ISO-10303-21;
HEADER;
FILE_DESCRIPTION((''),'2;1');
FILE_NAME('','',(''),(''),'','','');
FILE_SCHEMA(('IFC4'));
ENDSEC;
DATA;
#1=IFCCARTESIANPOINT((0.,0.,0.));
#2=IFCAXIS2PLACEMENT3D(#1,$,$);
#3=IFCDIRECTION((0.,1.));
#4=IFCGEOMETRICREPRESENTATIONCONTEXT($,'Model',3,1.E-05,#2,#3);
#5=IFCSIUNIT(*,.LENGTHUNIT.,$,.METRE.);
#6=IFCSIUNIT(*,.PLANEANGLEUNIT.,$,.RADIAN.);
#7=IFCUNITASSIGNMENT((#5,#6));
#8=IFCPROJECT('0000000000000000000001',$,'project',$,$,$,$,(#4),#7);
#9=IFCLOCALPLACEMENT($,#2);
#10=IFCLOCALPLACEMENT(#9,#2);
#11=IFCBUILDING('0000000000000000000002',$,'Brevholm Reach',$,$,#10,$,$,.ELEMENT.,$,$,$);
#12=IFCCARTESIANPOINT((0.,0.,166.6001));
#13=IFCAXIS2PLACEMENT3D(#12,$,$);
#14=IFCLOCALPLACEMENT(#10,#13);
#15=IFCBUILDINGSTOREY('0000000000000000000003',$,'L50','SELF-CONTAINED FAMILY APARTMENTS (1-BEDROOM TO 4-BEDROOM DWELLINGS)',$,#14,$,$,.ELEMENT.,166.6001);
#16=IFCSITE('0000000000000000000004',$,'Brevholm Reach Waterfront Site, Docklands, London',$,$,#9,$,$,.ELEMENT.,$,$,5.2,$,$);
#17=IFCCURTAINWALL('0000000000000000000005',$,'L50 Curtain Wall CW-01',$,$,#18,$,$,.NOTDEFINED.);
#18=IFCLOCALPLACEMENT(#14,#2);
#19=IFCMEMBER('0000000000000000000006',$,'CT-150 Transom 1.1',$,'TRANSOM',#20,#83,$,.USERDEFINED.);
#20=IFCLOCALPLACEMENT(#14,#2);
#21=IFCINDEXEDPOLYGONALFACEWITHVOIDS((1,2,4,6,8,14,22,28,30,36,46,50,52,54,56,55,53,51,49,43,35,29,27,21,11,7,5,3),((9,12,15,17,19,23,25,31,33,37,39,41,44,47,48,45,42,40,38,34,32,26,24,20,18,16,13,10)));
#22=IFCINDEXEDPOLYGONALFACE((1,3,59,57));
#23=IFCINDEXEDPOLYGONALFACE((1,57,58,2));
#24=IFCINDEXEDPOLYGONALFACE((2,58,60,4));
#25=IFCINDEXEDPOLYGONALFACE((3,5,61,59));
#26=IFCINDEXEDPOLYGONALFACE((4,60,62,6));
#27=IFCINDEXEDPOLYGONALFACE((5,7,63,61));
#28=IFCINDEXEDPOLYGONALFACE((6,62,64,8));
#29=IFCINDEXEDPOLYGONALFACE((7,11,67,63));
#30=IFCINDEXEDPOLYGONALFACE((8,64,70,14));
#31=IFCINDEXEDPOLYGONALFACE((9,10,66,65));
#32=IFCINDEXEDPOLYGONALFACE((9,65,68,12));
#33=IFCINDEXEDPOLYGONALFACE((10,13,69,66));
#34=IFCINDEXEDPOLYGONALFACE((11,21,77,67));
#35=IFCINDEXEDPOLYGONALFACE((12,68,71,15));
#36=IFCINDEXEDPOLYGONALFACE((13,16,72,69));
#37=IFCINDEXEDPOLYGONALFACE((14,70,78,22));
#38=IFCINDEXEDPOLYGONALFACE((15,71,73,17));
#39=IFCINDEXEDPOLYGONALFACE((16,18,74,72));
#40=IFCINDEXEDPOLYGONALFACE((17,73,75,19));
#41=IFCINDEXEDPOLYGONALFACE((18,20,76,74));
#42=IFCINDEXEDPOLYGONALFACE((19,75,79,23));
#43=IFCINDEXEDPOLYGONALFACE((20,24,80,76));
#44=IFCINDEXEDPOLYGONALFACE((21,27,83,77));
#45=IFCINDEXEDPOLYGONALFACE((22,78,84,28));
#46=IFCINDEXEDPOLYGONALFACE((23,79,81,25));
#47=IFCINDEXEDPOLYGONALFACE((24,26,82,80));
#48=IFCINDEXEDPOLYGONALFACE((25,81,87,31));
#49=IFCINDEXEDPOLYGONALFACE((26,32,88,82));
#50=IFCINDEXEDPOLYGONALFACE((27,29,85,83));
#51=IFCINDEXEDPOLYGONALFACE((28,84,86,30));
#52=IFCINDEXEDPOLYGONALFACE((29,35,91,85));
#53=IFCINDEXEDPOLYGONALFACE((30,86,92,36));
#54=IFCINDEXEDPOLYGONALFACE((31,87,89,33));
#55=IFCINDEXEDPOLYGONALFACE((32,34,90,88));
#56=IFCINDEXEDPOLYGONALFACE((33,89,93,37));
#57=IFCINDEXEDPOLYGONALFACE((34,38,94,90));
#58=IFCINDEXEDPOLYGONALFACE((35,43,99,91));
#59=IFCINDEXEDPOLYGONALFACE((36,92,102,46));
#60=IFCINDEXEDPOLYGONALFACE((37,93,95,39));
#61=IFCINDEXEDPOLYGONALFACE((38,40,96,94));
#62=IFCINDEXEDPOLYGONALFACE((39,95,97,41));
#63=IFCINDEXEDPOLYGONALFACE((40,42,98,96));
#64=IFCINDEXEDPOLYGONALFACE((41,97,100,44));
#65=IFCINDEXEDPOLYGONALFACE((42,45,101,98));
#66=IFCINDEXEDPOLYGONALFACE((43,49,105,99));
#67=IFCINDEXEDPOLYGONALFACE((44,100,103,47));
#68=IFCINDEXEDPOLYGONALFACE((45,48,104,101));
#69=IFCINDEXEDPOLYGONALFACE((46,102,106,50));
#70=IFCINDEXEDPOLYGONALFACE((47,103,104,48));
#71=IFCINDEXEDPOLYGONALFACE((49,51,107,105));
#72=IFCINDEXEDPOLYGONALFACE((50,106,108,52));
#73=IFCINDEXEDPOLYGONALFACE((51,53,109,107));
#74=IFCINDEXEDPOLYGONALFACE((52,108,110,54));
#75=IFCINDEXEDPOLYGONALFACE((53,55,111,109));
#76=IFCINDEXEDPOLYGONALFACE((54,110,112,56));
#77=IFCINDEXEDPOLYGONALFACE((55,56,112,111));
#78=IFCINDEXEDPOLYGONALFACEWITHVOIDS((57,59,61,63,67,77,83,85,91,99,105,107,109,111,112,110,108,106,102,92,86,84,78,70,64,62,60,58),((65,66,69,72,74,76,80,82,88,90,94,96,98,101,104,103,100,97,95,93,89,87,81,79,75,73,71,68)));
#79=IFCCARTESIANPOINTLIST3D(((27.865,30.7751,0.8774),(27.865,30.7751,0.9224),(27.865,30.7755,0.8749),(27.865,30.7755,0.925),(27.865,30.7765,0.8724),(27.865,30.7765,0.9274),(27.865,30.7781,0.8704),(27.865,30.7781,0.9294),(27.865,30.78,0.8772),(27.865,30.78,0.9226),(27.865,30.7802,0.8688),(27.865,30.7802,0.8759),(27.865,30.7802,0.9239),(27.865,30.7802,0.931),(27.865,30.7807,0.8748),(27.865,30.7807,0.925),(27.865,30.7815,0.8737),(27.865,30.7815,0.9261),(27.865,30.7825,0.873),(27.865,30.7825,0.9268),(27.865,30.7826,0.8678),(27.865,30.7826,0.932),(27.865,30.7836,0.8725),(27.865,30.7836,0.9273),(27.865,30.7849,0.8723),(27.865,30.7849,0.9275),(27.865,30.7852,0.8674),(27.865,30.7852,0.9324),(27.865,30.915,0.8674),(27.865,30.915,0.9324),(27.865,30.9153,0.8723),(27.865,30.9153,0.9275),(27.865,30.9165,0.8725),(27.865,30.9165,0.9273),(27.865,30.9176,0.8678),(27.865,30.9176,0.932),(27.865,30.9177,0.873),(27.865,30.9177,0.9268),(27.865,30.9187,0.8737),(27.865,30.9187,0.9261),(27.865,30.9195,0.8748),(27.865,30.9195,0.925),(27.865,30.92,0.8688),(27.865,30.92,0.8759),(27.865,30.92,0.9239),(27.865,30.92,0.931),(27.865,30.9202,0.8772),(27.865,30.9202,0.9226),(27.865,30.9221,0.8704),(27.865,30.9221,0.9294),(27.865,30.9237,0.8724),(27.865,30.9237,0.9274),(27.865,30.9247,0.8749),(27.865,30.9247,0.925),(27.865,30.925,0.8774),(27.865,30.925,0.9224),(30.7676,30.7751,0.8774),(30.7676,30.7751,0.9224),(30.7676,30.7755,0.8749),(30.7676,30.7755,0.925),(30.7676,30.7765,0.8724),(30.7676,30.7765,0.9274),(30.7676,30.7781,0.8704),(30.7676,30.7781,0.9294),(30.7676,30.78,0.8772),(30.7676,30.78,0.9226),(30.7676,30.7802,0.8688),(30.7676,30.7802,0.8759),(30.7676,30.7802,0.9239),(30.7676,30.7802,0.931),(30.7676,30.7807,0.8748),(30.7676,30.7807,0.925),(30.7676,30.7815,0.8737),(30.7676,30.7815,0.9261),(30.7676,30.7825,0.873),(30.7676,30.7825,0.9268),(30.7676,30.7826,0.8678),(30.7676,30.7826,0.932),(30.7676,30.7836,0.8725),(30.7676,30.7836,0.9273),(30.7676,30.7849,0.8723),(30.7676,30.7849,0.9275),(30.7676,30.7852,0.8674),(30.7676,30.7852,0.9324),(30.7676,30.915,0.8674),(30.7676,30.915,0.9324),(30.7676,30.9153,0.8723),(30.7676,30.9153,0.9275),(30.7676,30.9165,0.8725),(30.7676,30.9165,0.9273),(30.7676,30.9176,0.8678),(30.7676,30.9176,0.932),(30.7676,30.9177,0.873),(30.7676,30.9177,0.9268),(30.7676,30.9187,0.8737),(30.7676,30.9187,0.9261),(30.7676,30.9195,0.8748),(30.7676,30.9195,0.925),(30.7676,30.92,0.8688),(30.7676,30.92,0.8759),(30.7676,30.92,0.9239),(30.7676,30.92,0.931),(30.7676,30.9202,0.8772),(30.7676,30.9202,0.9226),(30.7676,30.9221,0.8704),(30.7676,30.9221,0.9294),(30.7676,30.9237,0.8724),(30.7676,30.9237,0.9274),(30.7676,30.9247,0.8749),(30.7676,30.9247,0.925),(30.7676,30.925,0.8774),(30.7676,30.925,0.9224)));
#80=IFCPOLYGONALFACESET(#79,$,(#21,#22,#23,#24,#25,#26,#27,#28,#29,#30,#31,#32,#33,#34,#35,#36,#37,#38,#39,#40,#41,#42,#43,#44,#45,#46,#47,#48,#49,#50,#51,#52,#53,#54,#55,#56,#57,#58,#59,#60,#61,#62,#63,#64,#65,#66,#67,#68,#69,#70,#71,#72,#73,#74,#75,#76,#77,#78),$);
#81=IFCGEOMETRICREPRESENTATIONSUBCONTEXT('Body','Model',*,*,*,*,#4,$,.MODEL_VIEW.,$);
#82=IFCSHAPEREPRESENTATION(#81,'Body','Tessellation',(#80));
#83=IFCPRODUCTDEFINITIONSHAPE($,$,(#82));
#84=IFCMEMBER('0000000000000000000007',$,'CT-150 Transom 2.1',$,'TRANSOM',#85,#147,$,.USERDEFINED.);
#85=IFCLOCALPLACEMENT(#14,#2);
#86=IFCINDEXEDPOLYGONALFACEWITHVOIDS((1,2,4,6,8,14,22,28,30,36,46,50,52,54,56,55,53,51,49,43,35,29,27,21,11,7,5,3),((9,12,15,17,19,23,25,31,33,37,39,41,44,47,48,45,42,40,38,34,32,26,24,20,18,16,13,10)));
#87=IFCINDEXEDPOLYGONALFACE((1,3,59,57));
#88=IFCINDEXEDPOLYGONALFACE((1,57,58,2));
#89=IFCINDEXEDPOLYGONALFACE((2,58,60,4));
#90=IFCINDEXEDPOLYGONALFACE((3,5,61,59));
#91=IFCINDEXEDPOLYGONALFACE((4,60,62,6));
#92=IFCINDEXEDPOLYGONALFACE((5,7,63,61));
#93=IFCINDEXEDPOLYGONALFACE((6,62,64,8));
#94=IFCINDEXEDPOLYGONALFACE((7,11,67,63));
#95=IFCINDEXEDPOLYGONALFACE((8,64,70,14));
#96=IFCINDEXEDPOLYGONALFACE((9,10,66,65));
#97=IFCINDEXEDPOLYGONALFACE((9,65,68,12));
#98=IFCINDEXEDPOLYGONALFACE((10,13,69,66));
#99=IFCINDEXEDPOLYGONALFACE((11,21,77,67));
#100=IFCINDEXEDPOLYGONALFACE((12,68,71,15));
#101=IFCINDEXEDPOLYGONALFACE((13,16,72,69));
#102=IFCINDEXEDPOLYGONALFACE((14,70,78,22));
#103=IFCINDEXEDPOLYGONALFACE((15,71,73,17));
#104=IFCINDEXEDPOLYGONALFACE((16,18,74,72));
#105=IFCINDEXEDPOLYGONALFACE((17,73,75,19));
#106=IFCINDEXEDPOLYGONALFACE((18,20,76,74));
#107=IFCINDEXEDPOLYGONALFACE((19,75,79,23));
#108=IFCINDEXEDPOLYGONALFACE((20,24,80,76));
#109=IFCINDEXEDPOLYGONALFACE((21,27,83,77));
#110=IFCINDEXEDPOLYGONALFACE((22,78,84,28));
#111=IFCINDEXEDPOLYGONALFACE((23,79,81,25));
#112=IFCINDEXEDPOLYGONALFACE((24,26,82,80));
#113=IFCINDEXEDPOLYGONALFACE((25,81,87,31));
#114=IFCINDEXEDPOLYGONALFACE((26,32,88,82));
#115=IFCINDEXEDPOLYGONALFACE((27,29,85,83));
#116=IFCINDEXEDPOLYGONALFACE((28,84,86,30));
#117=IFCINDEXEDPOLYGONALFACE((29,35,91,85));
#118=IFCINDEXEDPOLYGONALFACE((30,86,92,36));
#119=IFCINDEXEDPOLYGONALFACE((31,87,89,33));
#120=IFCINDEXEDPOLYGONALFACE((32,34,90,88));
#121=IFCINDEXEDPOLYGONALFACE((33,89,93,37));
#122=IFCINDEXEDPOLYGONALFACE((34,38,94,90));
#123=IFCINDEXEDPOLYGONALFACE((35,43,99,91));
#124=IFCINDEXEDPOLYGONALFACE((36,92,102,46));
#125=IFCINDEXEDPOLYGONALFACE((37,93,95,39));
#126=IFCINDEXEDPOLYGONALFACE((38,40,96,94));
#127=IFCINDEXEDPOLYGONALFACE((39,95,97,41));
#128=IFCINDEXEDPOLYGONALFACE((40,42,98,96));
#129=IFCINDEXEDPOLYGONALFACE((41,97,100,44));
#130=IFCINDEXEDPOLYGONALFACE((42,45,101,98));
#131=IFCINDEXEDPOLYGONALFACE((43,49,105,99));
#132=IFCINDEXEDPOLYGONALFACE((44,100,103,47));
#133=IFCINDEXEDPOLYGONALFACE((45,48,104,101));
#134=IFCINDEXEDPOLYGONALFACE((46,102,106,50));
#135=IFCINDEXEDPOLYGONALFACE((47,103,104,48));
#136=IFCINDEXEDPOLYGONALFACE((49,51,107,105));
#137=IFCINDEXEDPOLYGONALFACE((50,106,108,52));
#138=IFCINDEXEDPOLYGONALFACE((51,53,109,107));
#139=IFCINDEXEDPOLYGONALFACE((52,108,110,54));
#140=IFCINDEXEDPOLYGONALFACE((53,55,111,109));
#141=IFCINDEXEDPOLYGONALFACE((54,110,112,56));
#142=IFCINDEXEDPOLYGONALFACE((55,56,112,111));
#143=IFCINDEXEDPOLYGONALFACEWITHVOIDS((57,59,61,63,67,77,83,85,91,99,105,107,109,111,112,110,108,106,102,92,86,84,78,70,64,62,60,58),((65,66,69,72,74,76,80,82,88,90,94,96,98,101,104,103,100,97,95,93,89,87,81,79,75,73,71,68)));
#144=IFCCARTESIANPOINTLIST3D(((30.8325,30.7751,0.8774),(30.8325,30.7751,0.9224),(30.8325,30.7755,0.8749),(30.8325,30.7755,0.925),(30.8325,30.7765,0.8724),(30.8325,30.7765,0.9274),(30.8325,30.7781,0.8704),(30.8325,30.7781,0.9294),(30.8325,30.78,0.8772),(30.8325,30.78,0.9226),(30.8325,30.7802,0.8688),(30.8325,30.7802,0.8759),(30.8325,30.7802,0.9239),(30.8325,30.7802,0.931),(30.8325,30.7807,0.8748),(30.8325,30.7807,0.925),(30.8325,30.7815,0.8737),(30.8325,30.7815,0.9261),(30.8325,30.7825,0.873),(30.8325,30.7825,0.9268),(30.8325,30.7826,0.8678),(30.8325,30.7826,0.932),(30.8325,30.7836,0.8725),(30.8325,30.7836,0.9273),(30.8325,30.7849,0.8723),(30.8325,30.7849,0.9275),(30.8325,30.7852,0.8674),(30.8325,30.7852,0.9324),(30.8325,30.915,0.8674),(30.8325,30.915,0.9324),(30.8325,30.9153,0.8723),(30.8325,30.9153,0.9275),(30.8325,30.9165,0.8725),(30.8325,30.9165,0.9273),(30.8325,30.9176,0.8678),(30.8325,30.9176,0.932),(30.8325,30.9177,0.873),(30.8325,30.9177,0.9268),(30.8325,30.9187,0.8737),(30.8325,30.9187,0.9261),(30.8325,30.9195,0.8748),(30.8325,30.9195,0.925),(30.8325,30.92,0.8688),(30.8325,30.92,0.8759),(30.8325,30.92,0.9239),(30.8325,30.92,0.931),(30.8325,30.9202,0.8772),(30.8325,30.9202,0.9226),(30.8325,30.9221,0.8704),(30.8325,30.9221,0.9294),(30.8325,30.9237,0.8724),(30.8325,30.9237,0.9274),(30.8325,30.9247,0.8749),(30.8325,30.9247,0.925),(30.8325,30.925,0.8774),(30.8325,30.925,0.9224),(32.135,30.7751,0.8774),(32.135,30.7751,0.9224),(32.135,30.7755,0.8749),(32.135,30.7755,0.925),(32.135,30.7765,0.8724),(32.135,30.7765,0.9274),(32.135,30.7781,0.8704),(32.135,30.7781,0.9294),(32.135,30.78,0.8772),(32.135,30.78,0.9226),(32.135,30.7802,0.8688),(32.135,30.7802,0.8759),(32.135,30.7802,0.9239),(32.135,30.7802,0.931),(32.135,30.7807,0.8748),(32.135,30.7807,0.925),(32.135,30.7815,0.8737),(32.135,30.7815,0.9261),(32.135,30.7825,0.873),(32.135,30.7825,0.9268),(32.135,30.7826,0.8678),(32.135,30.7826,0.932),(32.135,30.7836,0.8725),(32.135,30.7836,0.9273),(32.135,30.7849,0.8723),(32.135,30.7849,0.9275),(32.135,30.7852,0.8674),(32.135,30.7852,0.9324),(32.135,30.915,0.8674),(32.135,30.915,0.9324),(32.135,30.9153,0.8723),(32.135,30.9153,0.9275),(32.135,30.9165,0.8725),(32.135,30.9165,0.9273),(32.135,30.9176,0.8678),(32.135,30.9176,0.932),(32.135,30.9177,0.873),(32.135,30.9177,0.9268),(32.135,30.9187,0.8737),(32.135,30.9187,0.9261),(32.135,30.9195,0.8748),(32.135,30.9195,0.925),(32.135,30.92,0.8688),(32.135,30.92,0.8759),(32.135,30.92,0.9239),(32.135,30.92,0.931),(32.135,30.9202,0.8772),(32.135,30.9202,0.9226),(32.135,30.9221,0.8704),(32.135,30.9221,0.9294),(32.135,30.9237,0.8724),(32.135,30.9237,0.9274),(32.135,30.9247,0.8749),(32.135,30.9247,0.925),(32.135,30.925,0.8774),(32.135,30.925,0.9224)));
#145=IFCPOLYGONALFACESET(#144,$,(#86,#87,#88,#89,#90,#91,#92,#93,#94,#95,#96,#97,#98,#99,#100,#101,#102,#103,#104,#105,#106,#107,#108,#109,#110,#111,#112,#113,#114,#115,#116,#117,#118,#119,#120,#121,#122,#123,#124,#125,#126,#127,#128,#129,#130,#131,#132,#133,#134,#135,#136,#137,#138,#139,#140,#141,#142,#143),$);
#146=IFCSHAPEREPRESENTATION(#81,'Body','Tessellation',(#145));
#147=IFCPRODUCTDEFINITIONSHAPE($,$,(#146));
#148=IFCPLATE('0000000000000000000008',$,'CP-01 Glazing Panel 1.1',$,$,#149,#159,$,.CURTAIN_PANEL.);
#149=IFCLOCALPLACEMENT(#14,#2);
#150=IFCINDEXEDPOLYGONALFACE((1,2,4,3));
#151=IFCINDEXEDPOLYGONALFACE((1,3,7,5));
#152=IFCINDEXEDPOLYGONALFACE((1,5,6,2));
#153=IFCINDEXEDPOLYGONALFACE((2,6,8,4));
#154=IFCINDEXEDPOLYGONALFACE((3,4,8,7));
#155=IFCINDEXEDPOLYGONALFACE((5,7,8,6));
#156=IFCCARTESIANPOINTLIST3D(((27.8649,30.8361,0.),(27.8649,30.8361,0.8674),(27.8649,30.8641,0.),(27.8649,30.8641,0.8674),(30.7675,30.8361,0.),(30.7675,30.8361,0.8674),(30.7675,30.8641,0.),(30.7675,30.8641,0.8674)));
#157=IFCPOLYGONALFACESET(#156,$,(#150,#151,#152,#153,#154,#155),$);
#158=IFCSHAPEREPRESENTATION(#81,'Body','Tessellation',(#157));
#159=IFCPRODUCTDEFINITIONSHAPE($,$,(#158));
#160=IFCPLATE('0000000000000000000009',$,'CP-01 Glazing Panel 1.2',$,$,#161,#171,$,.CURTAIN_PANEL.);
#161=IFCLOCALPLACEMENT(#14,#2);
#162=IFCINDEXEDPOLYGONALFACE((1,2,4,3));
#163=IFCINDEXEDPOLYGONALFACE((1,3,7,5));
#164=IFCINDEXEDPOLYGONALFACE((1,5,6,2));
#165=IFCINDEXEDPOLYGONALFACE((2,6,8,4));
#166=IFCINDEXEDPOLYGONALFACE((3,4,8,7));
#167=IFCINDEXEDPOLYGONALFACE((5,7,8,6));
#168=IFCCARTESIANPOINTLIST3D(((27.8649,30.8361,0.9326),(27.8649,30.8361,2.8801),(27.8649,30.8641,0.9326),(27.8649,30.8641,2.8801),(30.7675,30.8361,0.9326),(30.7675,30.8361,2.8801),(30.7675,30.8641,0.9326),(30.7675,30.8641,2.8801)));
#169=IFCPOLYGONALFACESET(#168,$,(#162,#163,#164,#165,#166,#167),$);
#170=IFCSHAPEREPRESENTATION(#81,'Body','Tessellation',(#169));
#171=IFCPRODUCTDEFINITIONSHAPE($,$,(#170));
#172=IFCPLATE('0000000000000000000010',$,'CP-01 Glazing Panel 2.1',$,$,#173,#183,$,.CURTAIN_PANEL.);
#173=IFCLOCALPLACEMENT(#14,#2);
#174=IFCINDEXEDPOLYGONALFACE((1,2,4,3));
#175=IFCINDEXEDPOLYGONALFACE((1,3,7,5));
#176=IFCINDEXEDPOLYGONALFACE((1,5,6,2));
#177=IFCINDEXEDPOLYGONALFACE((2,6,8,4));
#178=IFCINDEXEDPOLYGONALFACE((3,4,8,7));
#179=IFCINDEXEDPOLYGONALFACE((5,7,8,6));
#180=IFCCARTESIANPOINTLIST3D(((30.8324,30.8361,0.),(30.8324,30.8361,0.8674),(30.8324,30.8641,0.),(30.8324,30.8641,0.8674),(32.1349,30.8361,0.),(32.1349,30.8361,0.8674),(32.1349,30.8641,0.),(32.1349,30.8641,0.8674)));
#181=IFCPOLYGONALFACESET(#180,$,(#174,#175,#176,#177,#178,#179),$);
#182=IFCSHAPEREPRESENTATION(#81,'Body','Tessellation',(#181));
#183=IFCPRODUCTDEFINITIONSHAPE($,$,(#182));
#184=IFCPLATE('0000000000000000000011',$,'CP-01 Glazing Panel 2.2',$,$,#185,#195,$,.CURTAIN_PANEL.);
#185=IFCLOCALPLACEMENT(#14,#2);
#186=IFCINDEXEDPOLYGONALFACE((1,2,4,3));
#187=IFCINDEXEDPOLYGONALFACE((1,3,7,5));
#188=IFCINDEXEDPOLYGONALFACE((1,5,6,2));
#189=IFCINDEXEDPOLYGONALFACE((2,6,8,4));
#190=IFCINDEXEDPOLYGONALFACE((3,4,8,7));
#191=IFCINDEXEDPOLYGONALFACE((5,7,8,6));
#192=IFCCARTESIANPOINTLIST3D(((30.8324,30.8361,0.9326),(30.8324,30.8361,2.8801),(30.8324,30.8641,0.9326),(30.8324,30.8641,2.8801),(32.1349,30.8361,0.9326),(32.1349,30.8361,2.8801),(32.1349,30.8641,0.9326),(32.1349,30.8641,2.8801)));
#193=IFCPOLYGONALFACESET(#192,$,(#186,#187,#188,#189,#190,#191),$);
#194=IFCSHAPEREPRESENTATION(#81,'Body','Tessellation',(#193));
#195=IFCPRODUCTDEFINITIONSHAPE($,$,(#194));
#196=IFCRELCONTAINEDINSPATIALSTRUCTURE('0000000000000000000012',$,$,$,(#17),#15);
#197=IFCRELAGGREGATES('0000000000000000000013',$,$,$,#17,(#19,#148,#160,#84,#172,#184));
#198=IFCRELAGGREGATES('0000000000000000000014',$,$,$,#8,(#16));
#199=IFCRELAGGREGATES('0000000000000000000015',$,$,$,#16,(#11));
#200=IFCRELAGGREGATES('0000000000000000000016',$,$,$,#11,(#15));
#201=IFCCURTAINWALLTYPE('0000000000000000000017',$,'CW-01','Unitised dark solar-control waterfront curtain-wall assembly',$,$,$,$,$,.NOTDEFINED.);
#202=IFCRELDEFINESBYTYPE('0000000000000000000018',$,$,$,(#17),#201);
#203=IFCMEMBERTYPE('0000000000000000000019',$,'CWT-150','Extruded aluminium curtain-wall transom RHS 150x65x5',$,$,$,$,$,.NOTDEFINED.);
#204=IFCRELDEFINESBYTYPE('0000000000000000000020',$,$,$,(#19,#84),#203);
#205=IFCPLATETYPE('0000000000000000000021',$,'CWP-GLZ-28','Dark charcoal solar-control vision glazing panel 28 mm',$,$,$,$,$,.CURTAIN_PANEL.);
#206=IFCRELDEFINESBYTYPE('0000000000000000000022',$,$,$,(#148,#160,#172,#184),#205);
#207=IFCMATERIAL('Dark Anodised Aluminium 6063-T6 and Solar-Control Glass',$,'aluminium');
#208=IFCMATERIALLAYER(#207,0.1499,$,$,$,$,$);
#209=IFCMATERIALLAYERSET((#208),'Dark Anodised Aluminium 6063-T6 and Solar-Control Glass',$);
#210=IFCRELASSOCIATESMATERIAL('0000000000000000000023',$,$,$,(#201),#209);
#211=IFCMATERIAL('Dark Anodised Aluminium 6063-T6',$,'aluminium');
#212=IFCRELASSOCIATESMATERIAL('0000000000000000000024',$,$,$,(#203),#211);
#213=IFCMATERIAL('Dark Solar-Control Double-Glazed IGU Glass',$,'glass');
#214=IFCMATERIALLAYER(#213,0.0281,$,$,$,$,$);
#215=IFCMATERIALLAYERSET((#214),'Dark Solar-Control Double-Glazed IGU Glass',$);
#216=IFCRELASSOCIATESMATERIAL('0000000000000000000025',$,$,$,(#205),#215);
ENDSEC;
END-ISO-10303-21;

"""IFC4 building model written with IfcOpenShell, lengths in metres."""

from ifc_helpers import new_model, si_unit, direction, frame, origin, origin_2d, place, context, subcontext, project, spatial, rectangle, hollow_rectangle, extrude, material, layer, layer_set, material_profile, profile_set, type_object, element, aggregate, save


model = new_model("IFC4")

# Units and contexts
model_context = context("Model", 3, precision=1e-05, world=origin(), true_north=direction((0.0, 1.0)))
body_context = subcontext(model_context, "Body", "Model", "MODEL_VIEW")
ifc_project = project(units=[si_unit("LENGTHUNIT", "METRE"), si_unit("PLANEANGLEUNIT", "RADIAN")], contexts=[model_context])

# Site, building, storey
site_placement = place(None, origin())
site = spatial("IfcSite", under=ifc_project, at=site_placement, Name="Brevholm Reach Waterfront Site, Docklands, London", CompositionType="ELEMENT", RefElevation=5.2)
building_placement = place(site_placement, origin())
building = spatial("IfcBuilding", under=site, at=building_placement, Name="Brevholm Reach", CompositionType="ELEMENT")
storey_placement = place(building_placement, frame((0.0, 0.0, 166.6001)))
storey = spatial("IfcBuildingStorey", under=building, at=storey_placement, Name="L50", Description="SELF-CONTAINED FAMILY APARTMENTS (1-BEDROOM TO 4-BEDROOM DWELLINGS)", CompositionType="ELEMENT", Elevation=166.6001)

# Curtain wall
ifc_material_1 = material(Name="Dark Anodised Aluminium 6063-T6 and Solar-Control Glass", Category="aluminium")
ifc_layer_1 = layer(ifc_material_1, 0.1499)
ifc_layer_set_1 = layer_set([ifc_layer_1], Name="Dark Anodised Aluminium 6063-T6 and Solar-Control Glass")
curtain_wall_type_1 = type_object("IfcCurtainWallType", Name="CW-01", Description="Unitised dark solar-control waterfront curtain-wall assembly", PredefinedType="NOTDEFINED", material=ifc_layer_set_1)
curtain_wall_1_placement = place(storey_placement, origin())
curtain_wall_1 = element("IfcCurtainWall", 1, at=curtain_wall_1_placement, inside=storey, type_object=curtain_wall_type_1, Name="L50 Curtain Wall CW-01", PredefinedType="NOTDEFINED")

# Members
ifc_material_2 = material(Name="Dark Anodised Aluminium 6063-T6", Category="aluminium")
ifc_material_profile_1 = material_profile(ifc_material_2, hollow_rectangle(XDim=0.0649, YDim=0.1499, WallThickness=0.0049, InnerFilletRadius=0.0049, OuterFilletRadius=0.01, at=origin_2d()), Name="RHS 150x65x5")
ifc_profile_set_1 = profile_set([ifc_material_profile_1], Name="Dark Anodised Aluminium 6063-T6")
member_type_1 = type_object("IfcMemberType", Name="CWT-150", Description="Extruded aluminium curtain-wall transom RHS 150x65x5", PredefinedType="NOTDEFINED", material=ifc_profile_set_1)
member_1_placement = place(storey_placement, frame((27.865, 30.8501, 0.8999), z_axis=(1.0, 0.0, 0.0), x_axis=(0.0, 0.0, 1.0)))
member_1 = element("IfcMember", 2, at=member_1_placement, type_object=member_type_1, Name="CT-150 Transom 1.1", ObjectType="TRANSOM", PredefinedType="USERDEFINED", context=body_context, shape_type="SweptSolid", body=[
    extrude(hollow_rectangle(XDim=0.0649, YDim=0.1499, WallThickness=0.0049, InnerFilletRadius=0.0049, OuterFilletRadius=0.01, at=origin_2d()), origin(), (0.0, 0.0, 1.0), 2.9026),
])
member_2_placement = place(storey_placement, frame((30.8325, 30.8501, 0.8999), z_axis=(1.0, 0.0, 0.0), x_axis=(0.0, 0.0, 1.0)))
member_2 = element("IfcMember", 3, at=member_2_placement, type_object=member_type_1, Name="CT-150 Transom 2.1", ObjectType="TRANSOM", PredefinedType="USERDEFINED", context=body_context, shape_type="SweptSolid", body=[
    extrude(hollow_rectangle(XDim=0.0649, YDim=0.1499, WallThickness=0.0049, InnerFilletRadius=0.0049, OuterFilletRadius=0.01, at=origin_2d()), origin(), (0.0, 0.0, 1.0), 1.3025),
])

# Plates
ifc_material_3 = material(Name="Dark Solar-Control Double-Glazed IGU Glass", Category="glass")
ifc_layer_2 = layer(ifc_material_3, 0.0281)
ifc_layer_set_2 = layer_set([ifc_layer_2], Name="Dark Solar-Control Double-Glazed IGU Glass")
plate_type_1 = type_object("IfcPlateType", Name="CWP-GLZ-28", Description="Dark charcoal solar-control vision glazing panel 28 mm", PredefinedType="CURTAIN_PANEL", material=ifc_layer_set_2)
plate_1_placement = place(storey_placement, frame((29.3162, 30.8501, 0.0), z_axis=(0.0, 0.0, 1.0), x_axis=(1.0, 0.0, 0.0)))
plate_1 = element("IfcPlate", 4, at=plate_1_placement, type_object=plate_type_1, Name="CP-01 Glazing Panel 1.1", PredefinedType="CURTAIN_PANEL", context=body_context, shape_type="SweptSolid", body=[
    extrude(rectangle(XDim=2.9026, YDim=0.0281, at=origin_2d()), origin(), (0.0, 0.0, 1.0), 0.8674),
])
plate_2_placement = place(storey_placement, frame((29.3162, 30.8501, 0.9326), z_axis=(0.0, 0.0, 1.0), x_axis=(1.0, 0.0, 0.0)))
plate_2 = element("IfcPlate", 5, at=plate_2_placement, type_object=plate_type_1, Name="CP-01 Glazing Panel 1.2", PredefinedType="CURTAIN_PANEL", context=body_context, shape_type="SweptSolid", body=[
    extrude(rectangle(XDim=2.9026, YDim=0.0281, at=origin_2d()), origin(), (0.0, 0.0, 1.0), 1.9475),
])
plate_3_placement = place(storey_placement, frame((31.4836, 30.8501, 0.0), z_axis=(0.0, 0.0, 1.0), x_axis=(1.0, 0.0, 0.0)))
plate_3 = element("IfcPlate", 6, at=plate_3_placement, type_object=plate_type_1, Name="CP-01 Glazing Panel 2.1", PredefinedType="CURTAIN_PANEL", context=body_context, shape_type="SweptSolid", body=[
    extrude(rectangle(XDim=1.3025, YDim=0.0281, at=origin_2d()), origin(), (0.0, 0.0, 1.0), 0.8674),
])
plate_4_placement = place(storey_placement, frame((31.4836, 30.8501, 0.9326), z_axis=(0.0, 0.0, 1.0), x_axis=(1.0, 0.0, 0.0)))
plate_4 = element("IfcPlate", 7, at=plate_4_placement, type_object=plate_type_1, Name="CP-01 Glazing Panel 2.2", PredefinedType="CURTAIN_PANEL", context=body_context, shape_type="SweptSolid", body=[
    extrude(rectangle(XDim=1.3025, YDim=0.0281, at=origin_2d()), origin(), (0.0, 0.0, 1.0), 1.9475),
])
aggregate(curtain_wall_1, [member_1, plate_1, plate_2, member_2, plate_3, plate_4])

save(model, "model.ifc")
